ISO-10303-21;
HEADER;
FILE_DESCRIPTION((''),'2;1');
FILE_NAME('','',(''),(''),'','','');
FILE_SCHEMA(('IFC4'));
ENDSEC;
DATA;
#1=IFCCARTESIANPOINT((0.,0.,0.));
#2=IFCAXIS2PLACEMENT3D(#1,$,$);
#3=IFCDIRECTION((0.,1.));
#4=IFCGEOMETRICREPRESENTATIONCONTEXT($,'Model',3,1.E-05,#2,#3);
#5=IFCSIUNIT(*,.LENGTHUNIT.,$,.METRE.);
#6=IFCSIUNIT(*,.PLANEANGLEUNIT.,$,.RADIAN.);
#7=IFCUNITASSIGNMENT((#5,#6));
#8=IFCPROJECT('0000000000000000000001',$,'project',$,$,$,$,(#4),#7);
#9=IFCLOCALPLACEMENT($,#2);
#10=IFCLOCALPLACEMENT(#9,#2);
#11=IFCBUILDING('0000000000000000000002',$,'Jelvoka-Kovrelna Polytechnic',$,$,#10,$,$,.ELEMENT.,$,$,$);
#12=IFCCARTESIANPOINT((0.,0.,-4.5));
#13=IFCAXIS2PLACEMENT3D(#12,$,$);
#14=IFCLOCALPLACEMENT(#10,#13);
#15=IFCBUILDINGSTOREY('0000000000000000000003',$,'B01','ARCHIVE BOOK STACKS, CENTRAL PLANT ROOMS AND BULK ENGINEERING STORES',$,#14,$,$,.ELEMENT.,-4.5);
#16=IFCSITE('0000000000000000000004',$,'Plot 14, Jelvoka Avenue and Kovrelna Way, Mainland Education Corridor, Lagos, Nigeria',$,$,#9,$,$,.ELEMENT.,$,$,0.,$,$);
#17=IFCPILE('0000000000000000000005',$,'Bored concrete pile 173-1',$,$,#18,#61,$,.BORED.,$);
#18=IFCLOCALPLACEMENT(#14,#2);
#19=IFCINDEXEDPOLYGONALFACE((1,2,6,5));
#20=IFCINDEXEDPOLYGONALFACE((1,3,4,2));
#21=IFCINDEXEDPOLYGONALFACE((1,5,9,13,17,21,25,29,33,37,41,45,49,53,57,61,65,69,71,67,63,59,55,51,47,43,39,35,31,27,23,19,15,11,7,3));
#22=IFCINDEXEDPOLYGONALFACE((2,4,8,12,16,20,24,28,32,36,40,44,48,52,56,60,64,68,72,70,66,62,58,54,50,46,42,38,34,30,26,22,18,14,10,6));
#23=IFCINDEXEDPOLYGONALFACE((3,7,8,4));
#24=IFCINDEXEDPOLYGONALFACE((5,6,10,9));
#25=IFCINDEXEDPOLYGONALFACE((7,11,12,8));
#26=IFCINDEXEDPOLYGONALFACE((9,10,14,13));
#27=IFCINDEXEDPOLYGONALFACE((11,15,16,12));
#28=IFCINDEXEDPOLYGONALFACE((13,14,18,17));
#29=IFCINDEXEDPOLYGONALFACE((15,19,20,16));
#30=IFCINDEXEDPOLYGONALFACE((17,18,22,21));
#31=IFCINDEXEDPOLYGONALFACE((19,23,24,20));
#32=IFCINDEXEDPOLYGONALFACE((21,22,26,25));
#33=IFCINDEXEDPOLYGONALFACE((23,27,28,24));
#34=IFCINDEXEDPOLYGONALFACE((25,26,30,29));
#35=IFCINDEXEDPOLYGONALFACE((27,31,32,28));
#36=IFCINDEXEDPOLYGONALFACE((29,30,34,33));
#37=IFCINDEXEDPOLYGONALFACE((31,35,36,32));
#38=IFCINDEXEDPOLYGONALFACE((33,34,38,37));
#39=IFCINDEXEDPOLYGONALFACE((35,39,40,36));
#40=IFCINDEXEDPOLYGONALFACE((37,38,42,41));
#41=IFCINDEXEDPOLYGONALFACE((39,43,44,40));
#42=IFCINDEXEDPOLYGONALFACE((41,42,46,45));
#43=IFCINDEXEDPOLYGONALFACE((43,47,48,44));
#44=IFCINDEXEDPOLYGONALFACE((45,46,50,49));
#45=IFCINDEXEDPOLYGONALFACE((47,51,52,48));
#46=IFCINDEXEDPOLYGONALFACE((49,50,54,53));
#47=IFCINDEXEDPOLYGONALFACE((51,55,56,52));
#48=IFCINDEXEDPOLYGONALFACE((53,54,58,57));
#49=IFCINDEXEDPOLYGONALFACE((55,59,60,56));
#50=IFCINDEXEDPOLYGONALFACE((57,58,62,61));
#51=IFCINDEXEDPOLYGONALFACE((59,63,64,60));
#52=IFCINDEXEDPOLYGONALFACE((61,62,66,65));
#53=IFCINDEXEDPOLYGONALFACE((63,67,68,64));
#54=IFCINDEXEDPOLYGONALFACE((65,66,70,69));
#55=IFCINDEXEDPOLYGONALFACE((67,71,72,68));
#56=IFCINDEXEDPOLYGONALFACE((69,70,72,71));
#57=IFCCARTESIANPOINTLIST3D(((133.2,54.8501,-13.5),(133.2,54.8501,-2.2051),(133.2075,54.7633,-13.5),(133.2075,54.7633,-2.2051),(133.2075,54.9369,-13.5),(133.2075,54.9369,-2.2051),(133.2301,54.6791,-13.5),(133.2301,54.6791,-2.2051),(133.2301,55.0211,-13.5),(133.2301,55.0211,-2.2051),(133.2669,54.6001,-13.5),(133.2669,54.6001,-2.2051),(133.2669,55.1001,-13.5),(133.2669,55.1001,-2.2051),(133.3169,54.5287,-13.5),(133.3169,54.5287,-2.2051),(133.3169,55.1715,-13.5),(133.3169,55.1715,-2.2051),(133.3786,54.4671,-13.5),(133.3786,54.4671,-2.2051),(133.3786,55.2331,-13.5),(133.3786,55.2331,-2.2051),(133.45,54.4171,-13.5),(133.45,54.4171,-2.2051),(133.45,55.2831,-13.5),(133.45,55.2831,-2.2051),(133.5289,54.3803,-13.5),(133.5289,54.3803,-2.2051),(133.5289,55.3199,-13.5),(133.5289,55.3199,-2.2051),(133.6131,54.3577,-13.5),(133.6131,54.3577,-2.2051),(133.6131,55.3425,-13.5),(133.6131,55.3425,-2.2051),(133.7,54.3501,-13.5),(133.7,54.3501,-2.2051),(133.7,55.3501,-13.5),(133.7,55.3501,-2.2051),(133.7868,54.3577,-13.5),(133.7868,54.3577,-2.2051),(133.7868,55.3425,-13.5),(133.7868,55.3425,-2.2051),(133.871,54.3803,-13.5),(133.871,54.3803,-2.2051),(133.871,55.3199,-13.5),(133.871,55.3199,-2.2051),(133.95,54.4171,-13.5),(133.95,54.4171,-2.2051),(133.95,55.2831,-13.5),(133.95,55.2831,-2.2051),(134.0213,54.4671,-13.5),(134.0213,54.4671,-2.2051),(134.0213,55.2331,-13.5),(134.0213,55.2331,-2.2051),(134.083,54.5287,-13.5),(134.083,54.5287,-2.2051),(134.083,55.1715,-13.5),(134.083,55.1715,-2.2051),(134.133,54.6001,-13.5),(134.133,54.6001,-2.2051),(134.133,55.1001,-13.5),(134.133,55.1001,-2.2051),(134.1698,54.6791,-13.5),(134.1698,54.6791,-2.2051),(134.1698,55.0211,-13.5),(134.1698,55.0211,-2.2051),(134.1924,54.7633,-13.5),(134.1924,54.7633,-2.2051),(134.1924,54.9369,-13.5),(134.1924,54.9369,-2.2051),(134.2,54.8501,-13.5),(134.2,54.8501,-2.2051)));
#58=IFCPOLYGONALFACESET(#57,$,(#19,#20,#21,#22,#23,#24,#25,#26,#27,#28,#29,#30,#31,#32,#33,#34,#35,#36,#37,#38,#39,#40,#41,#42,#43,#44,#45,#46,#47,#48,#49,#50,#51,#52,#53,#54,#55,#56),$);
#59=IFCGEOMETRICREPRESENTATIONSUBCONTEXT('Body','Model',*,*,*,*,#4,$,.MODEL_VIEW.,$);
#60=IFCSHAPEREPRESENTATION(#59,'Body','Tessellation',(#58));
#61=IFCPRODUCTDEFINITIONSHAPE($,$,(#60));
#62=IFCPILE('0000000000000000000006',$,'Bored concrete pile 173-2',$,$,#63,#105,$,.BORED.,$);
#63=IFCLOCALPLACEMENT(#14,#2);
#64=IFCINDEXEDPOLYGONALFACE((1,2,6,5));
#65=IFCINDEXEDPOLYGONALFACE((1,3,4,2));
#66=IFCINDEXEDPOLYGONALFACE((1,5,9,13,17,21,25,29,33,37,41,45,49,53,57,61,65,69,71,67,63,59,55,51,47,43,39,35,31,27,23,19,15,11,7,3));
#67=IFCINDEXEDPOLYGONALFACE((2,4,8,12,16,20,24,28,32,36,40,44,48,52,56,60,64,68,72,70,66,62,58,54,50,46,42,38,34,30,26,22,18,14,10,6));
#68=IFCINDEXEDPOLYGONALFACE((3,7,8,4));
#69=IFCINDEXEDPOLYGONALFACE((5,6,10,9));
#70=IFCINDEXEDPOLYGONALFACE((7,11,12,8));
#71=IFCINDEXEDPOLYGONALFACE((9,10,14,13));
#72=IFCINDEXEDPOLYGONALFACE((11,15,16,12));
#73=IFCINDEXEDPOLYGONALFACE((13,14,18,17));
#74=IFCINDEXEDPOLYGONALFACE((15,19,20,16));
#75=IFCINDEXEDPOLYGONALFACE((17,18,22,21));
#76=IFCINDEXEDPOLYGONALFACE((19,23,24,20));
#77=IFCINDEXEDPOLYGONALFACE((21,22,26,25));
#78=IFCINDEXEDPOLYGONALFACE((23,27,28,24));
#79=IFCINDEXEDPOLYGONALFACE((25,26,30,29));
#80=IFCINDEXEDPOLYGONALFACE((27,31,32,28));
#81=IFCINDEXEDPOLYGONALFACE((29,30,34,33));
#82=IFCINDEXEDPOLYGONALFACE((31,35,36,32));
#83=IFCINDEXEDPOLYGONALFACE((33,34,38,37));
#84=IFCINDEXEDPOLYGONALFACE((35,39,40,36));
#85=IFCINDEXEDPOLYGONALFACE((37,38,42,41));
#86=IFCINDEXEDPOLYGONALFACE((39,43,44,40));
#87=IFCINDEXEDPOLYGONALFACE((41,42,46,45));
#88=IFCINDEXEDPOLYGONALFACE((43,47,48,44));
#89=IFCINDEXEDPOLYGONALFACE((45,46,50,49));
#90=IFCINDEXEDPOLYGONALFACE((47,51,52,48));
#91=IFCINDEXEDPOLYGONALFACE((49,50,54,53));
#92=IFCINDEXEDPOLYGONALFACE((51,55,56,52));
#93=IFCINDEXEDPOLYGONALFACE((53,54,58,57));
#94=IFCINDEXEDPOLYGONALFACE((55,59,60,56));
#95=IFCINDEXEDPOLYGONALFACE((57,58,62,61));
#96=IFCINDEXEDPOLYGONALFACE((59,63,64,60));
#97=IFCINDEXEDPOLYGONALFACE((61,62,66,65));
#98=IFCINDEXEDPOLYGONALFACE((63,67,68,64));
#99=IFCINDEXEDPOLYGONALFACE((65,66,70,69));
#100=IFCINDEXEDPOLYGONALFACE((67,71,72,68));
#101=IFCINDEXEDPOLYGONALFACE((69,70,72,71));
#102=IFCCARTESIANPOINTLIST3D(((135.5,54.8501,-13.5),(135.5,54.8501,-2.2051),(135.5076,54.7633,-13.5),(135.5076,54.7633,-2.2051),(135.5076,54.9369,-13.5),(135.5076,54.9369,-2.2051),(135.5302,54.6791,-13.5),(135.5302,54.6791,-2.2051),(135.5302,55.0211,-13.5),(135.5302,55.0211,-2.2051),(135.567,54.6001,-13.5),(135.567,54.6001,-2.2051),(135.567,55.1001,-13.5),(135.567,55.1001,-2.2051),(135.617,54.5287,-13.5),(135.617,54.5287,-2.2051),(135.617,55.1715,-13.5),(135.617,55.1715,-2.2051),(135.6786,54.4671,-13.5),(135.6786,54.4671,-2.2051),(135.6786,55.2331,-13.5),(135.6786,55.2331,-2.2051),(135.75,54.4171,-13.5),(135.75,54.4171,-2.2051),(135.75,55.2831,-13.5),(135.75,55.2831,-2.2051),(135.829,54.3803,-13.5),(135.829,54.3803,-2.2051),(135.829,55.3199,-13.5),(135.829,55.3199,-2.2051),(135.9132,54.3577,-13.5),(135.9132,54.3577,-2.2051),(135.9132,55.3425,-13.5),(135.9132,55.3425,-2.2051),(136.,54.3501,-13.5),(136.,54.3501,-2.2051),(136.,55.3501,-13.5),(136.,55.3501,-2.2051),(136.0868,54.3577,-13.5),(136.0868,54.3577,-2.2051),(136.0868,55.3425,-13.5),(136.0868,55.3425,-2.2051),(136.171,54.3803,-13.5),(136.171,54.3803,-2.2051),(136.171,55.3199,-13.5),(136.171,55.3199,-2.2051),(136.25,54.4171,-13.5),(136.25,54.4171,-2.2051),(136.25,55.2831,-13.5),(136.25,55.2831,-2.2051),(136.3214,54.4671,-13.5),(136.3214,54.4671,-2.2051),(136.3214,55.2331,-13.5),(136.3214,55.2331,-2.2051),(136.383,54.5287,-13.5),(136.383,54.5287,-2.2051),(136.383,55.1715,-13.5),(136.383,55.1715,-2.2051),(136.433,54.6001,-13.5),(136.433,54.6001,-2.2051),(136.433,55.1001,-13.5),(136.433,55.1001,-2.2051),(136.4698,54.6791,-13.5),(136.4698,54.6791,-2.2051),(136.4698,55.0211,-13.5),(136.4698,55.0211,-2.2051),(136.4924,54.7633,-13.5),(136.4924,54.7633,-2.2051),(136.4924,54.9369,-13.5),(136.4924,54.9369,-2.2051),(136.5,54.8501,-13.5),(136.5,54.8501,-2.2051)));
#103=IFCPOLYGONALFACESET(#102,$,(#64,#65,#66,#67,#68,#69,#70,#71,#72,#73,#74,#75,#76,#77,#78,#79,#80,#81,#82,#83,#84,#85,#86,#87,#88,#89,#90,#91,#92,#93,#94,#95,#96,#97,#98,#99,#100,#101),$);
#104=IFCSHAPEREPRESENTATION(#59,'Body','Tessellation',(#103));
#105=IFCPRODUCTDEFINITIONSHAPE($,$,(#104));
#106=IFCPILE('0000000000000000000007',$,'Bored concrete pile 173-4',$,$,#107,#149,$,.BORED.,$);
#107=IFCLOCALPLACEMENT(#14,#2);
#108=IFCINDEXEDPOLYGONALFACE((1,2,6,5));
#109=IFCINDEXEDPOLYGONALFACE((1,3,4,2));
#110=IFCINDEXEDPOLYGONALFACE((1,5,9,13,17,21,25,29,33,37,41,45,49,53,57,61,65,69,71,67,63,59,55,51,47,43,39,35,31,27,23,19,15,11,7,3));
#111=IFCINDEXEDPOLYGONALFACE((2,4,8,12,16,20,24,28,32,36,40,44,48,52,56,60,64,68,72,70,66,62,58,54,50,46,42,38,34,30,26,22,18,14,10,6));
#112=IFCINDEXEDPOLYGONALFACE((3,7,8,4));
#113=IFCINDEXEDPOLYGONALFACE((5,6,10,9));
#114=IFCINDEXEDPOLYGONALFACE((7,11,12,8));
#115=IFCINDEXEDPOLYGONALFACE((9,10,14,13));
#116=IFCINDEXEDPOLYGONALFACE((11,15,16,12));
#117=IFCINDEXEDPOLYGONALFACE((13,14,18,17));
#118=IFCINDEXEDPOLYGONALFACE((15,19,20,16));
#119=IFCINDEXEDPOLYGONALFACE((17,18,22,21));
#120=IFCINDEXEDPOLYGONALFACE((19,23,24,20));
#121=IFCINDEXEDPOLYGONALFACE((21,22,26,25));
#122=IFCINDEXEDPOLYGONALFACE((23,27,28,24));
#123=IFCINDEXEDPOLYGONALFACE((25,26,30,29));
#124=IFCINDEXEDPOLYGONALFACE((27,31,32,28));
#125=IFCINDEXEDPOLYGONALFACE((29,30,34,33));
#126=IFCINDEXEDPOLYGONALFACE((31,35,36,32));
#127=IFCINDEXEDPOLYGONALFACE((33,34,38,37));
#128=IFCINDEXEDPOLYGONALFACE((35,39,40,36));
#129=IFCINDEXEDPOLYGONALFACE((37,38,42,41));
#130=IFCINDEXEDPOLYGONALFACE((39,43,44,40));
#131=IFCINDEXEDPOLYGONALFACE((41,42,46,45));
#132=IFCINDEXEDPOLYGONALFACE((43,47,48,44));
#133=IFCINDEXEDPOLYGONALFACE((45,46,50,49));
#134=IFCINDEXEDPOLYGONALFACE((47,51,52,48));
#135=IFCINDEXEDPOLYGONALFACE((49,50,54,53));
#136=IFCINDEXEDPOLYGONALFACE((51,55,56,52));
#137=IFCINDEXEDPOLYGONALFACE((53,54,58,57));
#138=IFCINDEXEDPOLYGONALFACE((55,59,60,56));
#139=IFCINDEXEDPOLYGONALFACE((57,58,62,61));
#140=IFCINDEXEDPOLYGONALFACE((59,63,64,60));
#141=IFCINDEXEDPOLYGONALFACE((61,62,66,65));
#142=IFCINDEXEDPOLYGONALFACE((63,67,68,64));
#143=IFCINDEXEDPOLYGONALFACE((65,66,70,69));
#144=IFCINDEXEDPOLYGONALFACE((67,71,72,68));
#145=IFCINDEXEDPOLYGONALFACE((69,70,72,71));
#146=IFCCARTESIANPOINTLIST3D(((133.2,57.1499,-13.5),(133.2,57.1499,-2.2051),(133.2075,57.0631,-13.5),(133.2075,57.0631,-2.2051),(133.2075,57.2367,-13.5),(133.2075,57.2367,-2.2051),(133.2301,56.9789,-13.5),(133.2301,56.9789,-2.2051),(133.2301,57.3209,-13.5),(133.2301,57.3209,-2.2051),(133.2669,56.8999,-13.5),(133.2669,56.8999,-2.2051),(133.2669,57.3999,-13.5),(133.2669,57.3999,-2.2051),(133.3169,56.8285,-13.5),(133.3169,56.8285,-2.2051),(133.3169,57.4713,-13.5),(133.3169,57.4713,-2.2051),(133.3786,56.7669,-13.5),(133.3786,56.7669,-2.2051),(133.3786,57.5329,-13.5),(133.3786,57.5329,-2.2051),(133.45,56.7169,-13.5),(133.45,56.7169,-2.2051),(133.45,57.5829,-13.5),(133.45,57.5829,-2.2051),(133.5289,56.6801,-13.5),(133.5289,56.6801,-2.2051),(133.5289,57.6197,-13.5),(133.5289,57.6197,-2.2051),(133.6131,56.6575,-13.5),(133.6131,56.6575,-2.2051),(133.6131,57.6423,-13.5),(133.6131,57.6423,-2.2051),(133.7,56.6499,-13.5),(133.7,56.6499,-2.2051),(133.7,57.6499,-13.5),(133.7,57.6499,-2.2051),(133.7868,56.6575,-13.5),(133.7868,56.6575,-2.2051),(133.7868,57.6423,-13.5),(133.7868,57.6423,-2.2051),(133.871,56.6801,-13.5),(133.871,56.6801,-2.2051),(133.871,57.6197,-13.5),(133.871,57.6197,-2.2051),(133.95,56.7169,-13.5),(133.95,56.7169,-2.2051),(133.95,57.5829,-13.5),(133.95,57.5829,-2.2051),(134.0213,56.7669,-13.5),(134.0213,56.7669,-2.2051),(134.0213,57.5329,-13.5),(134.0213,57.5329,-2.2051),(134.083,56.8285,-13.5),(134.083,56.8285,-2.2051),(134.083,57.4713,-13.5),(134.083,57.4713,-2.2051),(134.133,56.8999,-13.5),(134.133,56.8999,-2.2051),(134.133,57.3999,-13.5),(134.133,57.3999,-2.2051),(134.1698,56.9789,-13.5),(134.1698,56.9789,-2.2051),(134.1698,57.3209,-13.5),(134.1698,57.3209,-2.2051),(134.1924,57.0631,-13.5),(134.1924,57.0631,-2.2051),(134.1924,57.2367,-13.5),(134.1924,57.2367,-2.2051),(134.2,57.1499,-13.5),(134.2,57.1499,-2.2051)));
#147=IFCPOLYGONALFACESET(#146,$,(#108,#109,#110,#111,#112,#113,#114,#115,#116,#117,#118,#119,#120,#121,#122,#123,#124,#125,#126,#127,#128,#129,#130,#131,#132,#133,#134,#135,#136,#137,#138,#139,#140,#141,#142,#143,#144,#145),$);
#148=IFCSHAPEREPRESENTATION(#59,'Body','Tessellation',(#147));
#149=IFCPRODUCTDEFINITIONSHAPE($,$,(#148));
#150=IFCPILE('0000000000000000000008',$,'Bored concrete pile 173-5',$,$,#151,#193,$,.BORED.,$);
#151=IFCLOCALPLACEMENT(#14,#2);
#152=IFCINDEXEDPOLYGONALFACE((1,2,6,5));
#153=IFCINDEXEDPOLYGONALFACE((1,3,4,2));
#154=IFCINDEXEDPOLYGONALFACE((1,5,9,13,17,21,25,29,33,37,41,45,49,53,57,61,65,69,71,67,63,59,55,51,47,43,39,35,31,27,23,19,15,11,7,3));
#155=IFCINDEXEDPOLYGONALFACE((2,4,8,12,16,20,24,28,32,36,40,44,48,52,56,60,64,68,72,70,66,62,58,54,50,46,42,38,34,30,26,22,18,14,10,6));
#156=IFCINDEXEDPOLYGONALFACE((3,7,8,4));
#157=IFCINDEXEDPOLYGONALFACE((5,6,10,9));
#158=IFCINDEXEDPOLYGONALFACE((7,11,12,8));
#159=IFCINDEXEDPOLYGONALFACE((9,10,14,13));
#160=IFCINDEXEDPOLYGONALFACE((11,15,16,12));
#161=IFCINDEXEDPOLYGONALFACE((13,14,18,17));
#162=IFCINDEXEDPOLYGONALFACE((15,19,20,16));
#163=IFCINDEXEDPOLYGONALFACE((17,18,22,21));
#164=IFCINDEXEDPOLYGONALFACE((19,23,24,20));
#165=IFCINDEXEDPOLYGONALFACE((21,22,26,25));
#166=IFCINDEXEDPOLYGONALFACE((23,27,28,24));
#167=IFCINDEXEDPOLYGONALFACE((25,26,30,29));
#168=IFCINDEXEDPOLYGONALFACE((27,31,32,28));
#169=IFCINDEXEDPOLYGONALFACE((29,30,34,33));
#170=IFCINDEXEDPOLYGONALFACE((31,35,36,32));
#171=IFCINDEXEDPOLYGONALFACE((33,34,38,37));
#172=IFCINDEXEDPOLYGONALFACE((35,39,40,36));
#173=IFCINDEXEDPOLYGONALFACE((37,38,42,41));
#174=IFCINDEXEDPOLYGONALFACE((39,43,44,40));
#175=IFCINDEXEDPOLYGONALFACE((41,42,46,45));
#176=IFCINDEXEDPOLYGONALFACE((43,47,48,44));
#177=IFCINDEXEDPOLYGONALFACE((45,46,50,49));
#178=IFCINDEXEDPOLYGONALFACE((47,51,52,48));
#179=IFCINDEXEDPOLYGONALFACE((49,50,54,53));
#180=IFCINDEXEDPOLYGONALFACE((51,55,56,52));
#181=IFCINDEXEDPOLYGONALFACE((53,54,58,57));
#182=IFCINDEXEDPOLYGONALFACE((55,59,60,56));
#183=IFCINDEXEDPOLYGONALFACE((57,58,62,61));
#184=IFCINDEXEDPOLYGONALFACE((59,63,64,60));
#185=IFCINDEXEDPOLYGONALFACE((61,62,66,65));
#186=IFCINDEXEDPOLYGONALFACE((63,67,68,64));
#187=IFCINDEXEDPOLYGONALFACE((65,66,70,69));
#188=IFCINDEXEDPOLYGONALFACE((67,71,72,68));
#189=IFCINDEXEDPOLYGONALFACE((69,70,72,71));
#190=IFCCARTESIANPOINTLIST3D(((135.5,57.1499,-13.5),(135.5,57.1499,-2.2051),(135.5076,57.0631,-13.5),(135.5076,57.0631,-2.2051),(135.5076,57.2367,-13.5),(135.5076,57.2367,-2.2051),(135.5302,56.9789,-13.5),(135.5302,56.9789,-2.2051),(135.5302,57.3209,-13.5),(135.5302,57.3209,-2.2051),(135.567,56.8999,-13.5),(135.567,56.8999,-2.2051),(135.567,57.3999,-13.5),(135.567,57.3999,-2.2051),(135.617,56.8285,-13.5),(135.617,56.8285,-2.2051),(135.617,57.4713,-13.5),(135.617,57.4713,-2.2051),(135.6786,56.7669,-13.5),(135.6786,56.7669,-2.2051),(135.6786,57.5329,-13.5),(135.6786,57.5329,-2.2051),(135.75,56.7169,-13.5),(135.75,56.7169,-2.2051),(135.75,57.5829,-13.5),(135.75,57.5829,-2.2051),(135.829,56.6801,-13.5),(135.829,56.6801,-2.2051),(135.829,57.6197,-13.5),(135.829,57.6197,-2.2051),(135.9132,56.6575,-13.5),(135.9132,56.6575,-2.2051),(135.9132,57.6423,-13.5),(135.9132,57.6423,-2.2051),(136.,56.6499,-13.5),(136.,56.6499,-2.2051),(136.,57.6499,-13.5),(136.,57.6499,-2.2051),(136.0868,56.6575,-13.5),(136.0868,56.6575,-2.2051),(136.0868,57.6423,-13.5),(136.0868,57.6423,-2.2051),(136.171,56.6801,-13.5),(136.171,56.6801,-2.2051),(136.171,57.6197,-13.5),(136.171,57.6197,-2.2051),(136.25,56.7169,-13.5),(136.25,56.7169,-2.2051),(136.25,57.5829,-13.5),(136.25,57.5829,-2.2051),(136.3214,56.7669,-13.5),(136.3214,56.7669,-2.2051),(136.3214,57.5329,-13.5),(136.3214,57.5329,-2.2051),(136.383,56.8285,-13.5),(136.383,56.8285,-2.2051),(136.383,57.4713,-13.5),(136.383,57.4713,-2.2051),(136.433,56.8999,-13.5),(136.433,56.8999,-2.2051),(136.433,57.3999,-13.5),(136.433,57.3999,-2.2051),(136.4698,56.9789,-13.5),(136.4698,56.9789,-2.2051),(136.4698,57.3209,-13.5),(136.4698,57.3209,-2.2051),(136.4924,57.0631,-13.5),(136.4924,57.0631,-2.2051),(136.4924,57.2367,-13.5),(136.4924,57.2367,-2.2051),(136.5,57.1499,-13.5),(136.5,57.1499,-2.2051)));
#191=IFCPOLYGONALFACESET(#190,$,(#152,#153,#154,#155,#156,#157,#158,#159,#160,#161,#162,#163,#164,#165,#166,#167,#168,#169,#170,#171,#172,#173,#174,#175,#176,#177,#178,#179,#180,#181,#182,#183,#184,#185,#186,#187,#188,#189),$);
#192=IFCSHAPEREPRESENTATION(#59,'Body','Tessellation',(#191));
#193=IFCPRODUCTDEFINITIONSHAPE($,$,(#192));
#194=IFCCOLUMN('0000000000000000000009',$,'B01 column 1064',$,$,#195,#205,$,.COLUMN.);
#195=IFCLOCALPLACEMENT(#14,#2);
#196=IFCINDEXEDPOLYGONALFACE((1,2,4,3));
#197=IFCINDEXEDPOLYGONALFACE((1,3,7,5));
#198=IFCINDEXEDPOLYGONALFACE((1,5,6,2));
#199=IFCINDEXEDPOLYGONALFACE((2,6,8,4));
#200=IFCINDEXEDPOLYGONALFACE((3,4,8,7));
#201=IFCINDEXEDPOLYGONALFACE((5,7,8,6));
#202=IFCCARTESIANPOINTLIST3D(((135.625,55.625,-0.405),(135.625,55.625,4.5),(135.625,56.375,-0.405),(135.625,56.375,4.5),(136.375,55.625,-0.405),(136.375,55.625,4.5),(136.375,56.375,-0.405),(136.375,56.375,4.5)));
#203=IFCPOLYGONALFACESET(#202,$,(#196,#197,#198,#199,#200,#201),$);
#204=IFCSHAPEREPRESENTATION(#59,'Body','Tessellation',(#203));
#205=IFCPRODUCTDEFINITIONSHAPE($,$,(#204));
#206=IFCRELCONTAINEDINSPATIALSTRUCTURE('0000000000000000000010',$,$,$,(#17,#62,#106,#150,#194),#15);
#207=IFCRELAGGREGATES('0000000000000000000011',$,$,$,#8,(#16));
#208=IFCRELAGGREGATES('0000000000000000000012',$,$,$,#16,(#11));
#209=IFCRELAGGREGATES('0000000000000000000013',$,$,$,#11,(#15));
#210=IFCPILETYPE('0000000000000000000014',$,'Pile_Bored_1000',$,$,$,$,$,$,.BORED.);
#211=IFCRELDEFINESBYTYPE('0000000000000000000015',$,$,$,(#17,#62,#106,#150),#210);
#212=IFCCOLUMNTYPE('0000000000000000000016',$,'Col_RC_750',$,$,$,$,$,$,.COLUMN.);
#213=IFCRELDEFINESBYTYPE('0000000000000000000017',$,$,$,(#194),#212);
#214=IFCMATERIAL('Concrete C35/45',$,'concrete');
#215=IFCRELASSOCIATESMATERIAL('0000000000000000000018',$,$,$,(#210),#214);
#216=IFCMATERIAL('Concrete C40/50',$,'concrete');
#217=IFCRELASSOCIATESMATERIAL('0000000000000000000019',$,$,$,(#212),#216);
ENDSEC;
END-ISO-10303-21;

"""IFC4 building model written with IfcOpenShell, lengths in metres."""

from ifc_helpers import new_model, si_unit, direction, frame, origin, origin_2d, place, context, subcontext, project, spatial, rectangle, circle, extrude, material, material_profile, profile_set, type_object, element, save


model = new_model("IFC4")

# Units and contexts
model_context = context("Model", 3, precision=1e-05, world=origin(), true_north=direction((0.0, 1.0)))
body_context = subcontext(model_context, "Body", "Model", "MODEL_VIEW")
ifc_project = project(units=[si_unit("LENGTHUNIT", "METRE"), si_unit("PLANEANGLEUNIT", "RADIAN")], contexts=[model_context])

# Site, building, storey
site_placement = place(None, origin())
site = spatial("IfcSite", under=ifc_project, at=site_placement, Name="Plot 14, Jelvoka Avenue and Kovrelna Way, Mainland Education Corridor, Lagos, Nigeria", CompositionType="ELEMENT", RefElevation=0.0)
building_placement = place(site_placement, origin())
building = spatial("IfcBuilding", under=site, at=building_placement, Name="Jelvoka-Kovrelna Polytechnic", CompositionType="ELEMENT")
storey_placement = place(building_placement, frame((0.0, 0.0, -4.5)))
storey = spatial("IfcBuildingStorey", under=building, at=storey_placement, Name="B01", Description="ARCHIVE BOOK STACKS, CENTRAL PLANT ROOMS AND BULK ENGINEERING STORES", CompositionType="ELEMENT", Elevation=-4.5)

# Piles
ifc_material_1 = material(Name="Concrete C35/45", Category="concrete")
ifc_material_profile_1 = material_profile(ifc_material_1, circle(Radius=0.5, at=origin_2d()), Name="PILE D1000")
ifc_profile_set_1 = profile_set([ifc_material_profile_1], Name="Concrete C35/45")
pile_type = type_object("IfcPileType", Name="Pile_Bored_1000", PredefinedType="BORED", material=ifc_profile_set_1)
for number, where, z_axis, x_axis, name in (
    (1, (133.7, 54.8501, -2.2051), (0.0, 0.0, -1.0), (1.0, 0.0, 0.0), "Bored concrete pile 173-1"),
    (2, (136.0, 54.8501, -2.2051), (0.0, 0.0, -1.0), (1.0, 0.0, 0.0), "Bored concrete pile 173-2"),
    (3, (133.7, 57.1499, -2.2051), (0.0, 0.0, -1.0), (1.0, 0.0, 0.0), "Bored concrete pile 173-4"),
    (4, (136.0, 57.1499, -2.2051), (0.0, 0.0, -1.0), (1.0, 0.0, 0.0), "Bored concrete pile 173-5"),
):
    element("IfcPile", number, at=place(storey_placement, frame(where, z_axis=z_axis, x_axis=x_axis)), inside=storey, type_object=pile_type, Name=name, PredefinedType="BORED", context=body_context, shape_type="SweptSolid", body=[
        extrude(circle(Radius=0.5, at=origin_2d()), origin(), (0.0, 0.0, 1.0), 11.2949),
    ])

# Column
ifc_material_2 = material(Name="Concrete C40/50", Category="concrete")
ifc_material_profile_2 = material_profile(ifc_material_2, rectangle(XDim=0.75, YDim=0.75, at=origin_2d()), Name="RC 750x750")
ifc_profile_set_2 = profile_set([ifc_material_profile_2], Name="Concrete C40/50")
column_type = type_object("IfcColumnType", Name="Col_RC_750", PredefinedType="COLUMN", material=ifc_profile_set_2)
column_placement = place(storey_placement, frame((136.0, 56.0, -0.405), z_axis=(0.0, 0.0, 1.0), x_axis=(1.0, 0.0, 0.0)))
element("IfcColumn", 5, at=column_placement, inside=storey, type_object=column_type, Name="B01 column 1064", PredefinedType="COLUMN", context=body_context, shape_type="SweptSolid", body=[
    extrude(rectangle(XDim=0.75, YDim=0.75, at=origin_2d()), origin(), (0.0, 0.0, 1.0), 4.905),
])

save(model, "model.ifc")
